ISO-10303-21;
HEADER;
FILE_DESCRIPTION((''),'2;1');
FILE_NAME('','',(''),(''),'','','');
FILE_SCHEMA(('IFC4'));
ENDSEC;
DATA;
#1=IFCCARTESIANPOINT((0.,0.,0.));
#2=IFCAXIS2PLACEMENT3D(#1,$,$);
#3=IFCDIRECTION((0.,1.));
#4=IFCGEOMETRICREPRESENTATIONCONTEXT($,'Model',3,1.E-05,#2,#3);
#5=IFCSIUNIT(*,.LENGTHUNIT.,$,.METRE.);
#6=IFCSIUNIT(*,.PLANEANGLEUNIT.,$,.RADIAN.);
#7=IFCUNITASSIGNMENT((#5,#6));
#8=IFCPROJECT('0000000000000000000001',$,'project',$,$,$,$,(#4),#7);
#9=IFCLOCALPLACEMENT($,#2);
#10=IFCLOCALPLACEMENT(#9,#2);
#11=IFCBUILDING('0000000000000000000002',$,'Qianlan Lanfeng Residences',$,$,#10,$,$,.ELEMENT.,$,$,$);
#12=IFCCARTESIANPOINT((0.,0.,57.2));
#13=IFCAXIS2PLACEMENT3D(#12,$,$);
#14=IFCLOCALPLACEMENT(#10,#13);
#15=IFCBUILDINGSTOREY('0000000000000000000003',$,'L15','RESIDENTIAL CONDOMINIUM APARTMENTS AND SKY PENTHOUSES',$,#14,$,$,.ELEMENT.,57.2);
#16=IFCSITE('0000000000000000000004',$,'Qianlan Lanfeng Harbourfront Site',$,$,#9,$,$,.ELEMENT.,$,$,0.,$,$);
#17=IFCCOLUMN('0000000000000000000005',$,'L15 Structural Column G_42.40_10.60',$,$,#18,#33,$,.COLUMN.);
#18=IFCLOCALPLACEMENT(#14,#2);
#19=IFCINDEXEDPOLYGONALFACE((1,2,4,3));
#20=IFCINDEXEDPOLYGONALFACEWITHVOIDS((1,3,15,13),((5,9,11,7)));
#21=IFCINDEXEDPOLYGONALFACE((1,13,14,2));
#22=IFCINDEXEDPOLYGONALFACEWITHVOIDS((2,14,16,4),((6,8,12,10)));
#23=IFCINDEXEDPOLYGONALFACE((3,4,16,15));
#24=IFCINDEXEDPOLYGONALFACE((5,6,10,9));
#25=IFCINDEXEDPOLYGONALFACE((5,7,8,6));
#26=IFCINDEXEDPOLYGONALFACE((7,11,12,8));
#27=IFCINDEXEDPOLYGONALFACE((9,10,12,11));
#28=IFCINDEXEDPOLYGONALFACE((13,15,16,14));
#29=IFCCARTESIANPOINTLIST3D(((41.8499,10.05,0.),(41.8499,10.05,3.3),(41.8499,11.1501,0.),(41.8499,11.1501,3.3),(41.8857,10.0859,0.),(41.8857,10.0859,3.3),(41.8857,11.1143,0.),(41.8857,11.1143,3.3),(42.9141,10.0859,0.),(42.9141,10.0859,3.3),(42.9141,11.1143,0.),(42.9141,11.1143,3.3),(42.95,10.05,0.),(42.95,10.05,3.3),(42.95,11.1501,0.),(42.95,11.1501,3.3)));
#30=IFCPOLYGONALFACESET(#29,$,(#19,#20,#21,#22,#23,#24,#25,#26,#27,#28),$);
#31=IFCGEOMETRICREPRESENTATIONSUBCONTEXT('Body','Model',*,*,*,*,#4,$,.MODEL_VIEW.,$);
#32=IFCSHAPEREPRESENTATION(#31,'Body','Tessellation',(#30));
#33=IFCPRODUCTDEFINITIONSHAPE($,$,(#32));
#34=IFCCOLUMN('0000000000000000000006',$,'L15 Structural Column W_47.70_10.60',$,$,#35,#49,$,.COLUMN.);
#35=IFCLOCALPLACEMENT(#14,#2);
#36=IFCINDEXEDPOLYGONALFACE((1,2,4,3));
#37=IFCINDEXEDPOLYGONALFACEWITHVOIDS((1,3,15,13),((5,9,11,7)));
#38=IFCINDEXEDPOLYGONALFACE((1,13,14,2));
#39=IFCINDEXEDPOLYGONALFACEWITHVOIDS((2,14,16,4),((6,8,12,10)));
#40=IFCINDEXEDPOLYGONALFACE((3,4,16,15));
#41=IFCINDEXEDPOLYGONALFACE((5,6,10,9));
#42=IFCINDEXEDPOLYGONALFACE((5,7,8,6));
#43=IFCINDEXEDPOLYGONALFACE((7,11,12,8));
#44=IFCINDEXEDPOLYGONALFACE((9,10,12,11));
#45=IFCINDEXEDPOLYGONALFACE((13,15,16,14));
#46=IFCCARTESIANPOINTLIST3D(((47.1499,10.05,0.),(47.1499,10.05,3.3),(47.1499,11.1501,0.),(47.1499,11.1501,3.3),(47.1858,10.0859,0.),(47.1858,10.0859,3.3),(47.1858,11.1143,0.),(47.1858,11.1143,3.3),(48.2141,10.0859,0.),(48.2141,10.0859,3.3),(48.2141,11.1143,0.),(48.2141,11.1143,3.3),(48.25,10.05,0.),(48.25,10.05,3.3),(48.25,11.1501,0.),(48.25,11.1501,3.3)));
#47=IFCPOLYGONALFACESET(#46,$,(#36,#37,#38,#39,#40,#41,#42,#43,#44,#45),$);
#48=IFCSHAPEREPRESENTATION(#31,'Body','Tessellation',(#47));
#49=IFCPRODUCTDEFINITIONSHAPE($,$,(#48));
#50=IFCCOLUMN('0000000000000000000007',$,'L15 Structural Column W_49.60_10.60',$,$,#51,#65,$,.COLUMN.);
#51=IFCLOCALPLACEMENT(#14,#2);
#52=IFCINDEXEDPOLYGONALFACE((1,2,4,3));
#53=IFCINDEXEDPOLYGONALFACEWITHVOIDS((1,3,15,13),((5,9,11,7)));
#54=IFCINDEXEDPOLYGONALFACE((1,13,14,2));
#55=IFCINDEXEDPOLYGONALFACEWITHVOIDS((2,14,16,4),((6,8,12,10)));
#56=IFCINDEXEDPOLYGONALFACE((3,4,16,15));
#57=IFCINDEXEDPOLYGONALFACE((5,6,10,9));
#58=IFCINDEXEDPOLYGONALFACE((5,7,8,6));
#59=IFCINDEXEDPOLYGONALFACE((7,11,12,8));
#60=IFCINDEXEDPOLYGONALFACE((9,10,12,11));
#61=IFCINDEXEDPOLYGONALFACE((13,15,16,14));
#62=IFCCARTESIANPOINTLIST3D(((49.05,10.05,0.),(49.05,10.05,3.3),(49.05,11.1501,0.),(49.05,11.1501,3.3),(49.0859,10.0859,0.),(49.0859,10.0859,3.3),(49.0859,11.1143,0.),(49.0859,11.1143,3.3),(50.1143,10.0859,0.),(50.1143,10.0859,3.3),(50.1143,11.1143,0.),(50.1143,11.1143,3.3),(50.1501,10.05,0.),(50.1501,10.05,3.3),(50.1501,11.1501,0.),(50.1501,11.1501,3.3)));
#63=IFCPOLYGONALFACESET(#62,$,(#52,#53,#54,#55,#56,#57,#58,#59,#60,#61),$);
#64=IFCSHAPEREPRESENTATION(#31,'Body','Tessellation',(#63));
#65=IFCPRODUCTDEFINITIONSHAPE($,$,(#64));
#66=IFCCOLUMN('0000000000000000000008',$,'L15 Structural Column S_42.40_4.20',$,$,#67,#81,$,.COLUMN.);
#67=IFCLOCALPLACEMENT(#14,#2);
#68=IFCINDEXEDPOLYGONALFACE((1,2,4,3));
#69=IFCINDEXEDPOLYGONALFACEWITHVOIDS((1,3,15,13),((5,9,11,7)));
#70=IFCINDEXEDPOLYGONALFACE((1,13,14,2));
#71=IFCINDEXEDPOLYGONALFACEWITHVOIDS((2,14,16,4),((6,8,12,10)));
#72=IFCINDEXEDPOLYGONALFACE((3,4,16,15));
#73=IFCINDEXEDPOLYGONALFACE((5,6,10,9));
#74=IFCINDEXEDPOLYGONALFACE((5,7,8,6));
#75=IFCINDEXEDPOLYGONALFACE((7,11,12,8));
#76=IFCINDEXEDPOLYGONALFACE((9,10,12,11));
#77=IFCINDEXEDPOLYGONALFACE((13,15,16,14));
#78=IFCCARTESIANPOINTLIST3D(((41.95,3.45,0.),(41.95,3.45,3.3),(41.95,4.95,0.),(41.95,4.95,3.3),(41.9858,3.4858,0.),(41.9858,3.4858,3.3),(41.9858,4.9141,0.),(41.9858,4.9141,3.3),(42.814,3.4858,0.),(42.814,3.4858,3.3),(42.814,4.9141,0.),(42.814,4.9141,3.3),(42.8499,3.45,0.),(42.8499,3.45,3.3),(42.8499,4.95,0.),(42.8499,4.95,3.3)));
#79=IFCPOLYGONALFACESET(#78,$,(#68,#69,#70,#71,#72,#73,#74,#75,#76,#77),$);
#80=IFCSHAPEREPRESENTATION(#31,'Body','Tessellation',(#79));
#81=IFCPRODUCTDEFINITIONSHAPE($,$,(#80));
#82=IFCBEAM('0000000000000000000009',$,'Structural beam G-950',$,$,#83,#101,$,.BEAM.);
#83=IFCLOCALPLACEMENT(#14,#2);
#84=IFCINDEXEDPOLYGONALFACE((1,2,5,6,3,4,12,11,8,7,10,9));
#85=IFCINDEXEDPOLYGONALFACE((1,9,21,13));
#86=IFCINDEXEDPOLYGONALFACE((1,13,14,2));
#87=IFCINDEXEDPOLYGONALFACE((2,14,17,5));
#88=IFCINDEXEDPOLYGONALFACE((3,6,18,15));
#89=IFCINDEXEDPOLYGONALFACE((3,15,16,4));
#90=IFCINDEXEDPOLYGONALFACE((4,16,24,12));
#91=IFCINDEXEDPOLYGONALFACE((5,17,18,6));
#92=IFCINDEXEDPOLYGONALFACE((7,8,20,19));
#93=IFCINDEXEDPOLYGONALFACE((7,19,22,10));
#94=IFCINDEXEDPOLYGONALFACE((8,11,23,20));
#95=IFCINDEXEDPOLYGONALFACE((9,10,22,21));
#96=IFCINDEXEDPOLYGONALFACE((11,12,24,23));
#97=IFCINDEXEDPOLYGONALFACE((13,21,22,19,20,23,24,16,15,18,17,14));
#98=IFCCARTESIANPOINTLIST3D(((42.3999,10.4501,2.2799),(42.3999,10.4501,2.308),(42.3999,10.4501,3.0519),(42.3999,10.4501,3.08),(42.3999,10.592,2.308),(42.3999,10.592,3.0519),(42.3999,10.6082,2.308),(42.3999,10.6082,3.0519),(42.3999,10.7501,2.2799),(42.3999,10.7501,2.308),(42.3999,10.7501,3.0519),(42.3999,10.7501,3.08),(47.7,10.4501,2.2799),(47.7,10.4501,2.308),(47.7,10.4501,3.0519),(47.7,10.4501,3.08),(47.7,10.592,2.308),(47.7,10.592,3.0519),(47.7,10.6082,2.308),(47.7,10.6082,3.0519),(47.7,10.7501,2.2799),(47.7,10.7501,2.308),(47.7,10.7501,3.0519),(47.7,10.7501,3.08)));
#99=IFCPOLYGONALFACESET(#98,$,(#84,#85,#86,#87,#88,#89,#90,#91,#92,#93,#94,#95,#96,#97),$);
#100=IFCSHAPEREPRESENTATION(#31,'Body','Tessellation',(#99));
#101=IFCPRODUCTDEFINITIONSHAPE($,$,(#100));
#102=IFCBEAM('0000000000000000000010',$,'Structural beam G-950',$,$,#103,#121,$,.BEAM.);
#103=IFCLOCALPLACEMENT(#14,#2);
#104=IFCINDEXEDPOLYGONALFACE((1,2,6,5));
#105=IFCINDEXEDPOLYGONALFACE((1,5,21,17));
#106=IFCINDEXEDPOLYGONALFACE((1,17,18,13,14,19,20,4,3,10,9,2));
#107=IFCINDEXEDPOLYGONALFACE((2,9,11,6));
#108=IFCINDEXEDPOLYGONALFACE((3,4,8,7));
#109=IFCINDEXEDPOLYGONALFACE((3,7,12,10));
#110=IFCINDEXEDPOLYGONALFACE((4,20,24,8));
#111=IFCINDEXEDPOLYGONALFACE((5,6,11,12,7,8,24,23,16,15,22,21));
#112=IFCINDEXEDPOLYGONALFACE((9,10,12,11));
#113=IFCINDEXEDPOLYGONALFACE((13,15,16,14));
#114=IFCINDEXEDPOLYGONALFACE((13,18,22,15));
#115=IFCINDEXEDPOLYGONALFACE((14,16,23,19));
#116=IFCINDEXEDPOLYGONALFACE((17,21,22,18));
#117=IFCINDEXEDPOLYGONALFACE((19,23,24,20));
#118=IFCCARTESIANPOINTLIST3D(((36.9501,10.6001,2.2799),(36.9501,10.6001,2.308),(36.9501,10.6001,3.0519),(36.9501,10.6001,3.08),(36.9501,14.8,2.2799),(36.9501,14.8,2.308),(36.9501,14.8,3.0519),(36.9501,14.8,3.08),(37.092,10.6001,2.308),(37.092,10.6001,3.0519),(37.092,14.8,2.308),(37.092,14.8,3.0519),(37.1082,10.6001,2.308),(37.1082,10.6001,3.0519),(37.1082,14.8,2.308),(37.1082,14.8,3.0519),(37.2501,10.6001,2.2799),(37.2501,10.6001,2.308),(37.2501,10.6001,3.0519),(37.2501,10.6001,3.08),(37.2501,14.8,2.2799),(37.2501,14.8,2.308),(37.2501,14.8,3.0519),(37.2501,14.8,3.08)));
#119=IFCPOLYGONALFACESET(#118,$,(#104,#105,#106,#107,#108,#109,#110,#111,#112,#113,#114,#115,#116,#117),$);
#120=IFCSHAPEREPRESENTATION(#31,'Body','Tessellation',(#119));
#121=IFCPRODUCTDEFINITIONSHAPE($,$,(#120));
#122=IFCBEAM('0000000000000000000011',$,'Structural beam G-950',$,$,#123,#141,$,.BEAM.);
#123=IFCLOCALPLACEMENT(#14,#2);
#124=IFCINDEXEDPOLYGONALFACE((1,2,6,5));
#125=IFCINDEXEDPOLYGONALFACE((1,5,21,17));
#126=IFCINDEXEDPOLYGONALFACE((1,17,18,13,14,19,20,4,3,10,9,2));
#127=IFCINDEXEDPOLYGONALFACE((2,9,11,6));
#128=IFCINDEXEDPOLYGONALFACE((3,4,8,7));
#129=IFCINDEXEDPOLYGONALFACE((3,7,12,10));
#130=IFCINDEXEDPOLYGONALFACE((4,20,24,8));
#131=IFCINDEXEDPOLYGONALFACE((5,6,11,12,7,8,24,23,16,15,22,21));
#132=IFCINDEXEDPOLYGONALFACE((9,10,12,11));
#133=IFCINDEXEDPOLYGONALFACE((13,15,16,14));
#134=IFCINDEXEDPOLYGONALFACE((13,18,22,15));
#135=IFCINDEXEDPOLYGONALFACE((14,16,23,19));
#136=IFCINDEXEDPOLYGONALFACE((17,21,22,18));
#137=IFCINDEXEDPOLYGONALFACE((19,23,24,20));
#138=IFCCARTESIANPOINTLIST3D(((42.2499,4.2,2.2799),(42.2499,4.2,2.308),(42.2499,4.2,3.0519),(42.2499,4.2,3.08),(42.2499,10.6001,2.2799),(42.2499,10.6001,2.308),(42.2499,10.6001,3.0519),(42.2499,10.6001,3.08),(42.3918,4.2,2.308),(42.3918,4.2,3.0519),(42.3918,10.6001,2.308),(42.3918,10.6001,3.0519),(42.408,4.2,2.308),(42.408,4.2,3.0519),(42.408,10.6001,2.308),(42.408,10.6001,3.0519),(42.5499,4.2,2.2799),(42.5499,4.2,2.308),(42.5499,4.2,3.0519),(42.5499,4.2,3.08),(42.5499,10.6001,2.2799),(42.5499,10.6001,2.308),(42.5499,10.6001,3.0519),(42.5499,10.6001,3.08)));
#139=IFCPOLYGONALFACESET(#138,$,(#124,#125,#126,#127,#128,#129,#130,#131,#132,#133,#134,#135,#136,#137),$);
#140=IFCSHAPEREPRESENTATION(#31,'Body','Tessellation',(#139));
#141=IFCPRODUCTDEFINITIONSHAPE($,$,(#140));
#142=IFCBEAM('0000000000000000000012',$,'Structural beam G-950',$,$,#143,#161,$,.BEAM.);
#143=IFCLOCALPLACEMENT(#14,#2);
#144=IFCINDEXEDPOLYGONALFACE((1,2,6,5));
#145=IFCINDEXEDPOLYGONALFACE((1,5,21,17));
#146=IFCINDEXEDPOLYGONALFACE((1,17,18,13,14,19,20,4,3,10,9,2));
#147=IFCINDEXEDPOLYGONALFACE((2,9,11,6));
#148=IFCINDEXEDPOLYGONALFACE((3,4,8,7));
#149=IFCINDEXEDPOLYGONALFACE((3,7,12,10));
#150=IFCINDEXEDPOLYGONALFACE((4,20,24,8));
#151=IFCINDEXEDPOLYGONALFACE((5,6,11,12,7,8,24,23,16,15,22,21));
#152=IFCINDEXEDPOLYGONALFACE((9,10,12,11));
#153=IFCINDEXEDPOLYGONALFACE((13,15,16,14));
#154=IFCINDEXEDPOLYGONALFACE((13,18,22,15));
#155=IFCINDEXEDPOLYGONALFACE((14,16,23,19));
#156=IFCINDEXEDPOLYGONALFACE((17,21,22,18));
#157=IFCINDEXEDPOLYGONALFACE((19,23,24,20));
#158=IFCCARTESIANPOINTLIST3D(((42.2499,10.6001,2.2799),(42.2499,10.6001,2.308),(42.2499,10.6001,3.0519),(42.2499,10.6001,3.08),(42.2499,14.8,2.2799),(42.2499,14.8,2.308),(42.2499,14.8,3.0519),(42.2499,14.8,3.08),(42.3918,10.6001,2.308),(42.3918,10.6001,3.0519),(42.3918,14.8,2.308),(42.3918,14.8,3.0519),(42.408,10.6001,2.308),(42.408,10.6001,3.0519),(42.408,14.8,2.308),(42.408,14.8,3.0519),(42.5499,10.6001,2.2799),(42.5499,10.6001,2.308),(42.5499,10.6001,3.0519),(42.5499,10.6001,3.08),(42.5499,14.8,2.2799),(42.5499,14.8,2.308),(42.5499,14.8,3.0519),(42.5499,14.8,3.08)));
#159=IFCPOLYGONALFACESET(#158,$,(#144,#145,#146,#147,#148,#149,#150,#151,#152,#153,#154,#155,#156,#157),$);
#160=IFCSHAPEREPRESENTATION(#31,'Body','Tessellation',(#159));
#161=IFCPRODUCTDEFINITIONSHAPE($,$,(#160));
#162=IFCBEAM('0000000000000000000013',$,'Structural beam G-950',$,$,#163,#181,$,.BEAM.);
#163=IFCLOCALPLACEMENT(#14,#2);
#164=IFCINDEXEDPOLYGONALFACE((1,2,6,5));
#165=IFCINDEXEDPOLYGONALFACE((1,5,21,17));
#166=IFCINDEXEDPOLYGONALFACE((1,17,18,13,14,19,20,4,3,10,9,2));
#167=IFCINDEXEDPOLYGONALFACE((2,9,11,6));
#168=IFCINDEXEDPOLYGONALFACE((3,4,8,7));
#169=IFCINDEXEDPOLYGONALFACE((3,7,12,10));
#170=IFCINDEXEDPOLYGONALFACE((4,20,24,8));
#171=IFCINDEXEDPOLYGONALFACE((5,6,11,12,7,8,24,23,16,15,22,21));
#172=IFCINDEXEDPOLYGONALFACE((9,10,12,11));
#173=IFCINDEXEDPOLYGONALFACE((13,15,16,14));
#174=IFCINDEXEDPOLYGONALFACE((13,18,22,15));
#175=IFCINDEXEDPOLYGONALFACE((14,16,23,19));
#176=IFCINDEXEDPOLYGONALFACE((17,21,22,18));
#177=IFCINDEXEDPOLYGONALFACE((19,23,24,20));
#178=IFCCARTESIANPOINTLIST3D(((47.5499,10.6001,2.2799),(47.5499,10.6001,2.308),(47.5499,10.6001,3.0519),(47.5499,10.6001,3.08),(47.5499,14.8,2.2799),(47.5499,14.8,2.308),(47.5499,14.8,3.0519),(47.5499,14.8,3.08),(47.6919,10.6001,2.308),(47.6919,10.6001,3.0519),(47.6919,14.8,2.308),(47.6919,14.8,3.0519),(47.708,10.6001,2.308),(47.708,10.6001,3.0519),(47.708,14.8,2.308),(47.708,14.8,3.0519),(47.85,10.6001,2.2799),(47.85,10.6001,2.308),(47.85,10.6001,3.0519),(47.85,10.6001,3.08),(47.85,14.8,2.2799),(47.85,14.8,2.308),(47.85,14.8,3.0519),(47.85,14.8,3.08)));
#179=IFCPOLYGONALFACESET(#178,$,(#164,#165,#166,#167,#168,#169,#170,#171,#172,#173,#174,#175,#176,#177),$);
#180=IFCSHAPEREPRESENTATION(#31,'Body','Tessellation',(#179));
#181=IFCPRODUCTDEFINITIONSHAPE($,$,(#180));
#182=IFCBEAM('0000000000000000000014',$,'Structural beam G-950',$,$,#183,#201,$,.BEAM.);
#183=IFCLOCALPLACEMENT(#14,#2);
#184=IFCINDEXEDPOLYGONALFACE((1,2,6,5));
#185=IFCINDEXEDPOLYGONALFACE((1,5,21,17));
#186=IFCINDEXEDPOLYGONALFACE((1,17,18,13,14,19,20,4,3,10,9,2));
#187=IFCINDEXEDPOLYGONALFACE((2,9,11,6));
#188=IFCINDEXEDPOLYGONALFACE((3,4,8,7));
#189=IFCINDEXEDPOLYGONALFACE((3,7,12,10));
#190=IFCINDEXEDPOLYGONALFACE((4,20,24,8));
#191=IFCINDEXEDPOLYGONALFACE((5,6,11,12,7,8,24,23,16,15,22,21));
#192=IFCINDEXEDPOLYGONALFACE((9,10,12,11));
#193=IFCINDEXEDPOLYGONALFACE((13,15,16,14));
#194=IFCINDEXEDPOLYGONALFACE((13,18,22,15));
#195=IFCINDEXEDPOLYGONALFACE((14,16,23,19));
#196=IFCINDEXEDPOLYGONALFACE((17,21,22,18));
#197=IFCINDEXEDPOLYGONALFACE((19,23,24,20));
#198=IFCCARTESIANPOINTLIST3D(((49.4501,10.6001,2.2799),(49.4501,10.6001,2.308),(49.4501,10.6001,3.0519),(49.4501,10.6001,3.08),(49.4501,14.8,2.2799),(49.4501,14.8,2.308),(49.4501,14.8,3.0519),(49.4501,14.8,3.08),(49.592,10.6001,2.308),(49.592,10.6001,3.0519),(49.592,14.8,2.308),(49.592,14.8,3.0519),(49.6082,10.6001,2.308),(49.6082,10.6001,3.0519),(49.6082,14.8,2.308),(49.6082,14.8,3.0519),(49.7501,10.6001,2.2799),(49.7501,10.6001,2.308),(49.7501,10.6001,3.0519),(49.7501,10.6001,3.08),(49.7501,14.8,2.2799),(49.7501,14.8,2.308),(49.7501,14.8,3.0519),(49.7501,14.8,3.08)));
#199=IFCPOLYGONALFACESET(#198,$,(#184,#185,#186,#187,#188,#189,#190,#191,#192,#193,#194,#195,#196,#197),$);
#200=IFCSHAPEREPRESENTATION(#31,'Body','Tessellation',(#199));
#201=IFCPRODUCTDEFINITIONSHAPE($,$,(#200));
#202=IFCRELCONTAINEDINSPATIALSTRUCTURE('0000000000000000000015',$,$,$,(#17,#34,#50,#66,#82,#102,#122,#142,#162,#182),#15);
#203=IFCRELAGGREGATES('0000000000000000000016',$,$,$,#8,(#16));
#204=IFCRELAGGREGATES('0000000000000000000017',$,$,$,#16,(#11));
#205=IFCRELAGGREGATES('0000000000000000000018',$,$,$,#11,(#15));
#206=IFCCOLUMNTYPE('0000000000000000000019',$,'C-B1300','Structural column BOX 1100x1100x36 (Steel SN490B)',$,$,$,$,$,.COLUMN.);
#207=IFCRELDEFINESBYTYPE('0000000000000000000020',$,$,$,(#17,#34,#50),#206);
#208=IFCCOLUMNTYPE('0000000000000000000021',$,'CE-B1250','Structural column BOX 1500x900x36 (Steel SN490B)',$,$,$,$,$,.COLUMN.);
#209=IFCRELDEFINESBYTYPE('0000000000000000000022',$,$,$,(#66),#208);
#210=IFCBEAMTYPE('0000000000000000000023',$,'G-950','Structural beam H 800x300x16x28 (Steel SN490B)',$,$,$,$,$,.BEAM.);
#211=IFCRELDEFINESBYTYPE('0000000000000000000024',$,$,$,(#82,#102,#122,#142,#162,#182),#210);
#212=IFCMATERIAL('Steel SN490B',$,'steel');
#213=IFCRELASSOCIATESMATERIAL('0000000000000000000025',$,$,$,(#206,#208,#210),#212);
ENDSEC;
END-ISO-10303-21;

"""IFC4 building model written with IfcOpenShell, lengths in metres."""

from ifc_helpers import new_model, si_unit, direction, frame, origin, origin_2d, place, context, subcontext, project, spatial, hollow_rectangle, i_section, extrude, material, material_profile, profile_set, type_object, element, save


model = new_model("IFC4")

# Units and contexts
model_context = context("Model", 3, precision=1e-05, world=origin(), true_north=direction((0.0, 1.0)))
body_context = subcontext(model_context, "Body", "Model", "MODEL_VIEW")
ifc_project = project(units=[si_unit("LENGTHUNIT", "METRE"), si_unit("PLANEANGLEUNIT", "RADIAN")], contexts=[model_context])

# Site, building, storey
site_placement = place(None, origin())
site = spatial("IfcSite", under=ifc_project, at=site_placement, Name="Qianlan Lanfeng Harbourfront Site", CompositionType="ELEMENT", RefElevation=0.0)
building_placement = place(site_placement, origin())
building = spatial("IfcBuilding", under=site, at=building_placement, Name="Qianlan Lanfeng Residences", CompositionType="ELEMENT")
storey_placement = place(building_placement, frame((0.0, 0.0, 57.2)))
storey = spatial("IfcBuildingStorey", under=building, at=storey_placement, Name="L15", Description="RESIDENTIAL CONDOMINIUM APARTMENTS AND SKY PENTHOUSES", CompositionType="ELEMENT", Elevation=57.2)

# Columns
ifc_material_1 = material(Name="Steel SN490B", Category="steel")
ifc_material_profile_1 = material_profile(ifc_material_1, hollow_rectangle(XDim=1.1001, YDim=1.1001, WallThickness=0.0359, at=origin_2d()), Name="BOX 1100x1100x36")
ifc_profile_set_1 = profile_set([ifc_material_profile_1], Name="Steel SN490B")
column_type_1 = type_object("IfcColumnType", Name="C-B1300", Description="Structural column BOX 1100x1100x36 (Steel SN490B)", PredefinedType="COLUMN", material=ifc_profile_set_1)
for number, where, z_axis, x_axis, name in (
    (1, (42.3999, 10.6001, 0.0), (0.0, 0.0, 1.0), (1.0, 0.0, 0.0), "L15 Structural Column G_42.40_10.60"),
    (2, (47.7, 10.6001, 0.0), (0.0, 0.0, 1.0), (1.0, 0.0, 0.0), "L15 Structural Column W_47.70_10.60"),
    (3, (49.6001, 10.6001, 0.0), (0.0, 0.0, 1.0), (1.0, 0.0, 0.0), "L15 Structural Column W_49.60_10.60"),
):
    element("IfcColumn", number, at=place(storey_placement, frame(where, z_axis=z_axis, x_axis=x_axis)), inside=storey, type_object=column_type_1, Name=name, PredefinedType="COLUMN", context=body_context, shape_type="SweptSolid", body=[
        extrude(hollow_rectangle(XDim=1.1001, YDim=1.1001, WallThickness=0.0359, at=origin_2d()), origin(), (0.0, 0.0, 1.0), 3.3),
    ])
ifc_material_profile_2 = material_profile(ifc_material_1, hollow_rectangle(XDim=0.8999, YDim=1.5, WallThickness=0.0359, at=origin_2d()), Name="BOX 1500x900x36")
ifc_profile_set_2 = profile_set([ifc_material_profile_2], Name="Steel SN490B")
column_type_2 = type_object("IfcColumnType", Name="CE-B1250", Description="Structural column BOX 1500x900x36 (Steel SN490B)", PredefinedType="COLUMN", material=ifc_profile_set_2)
column_placement = place(storey_placement, frame((42.3999, 4.2, 0.0), z_axis=(0.0, 0.0, 1.0), x_axis=(1.0, 0.0, 0.0)))
element("IfcColumn", 4, at=column_placement, inside=storey, type_object=column_type_2, Name="L15 Structural Column S_42.40_4.20", PredefinedType="COLUMN", context=body_context, shape_type="SweptSolid", body=[
    extrude(hollow_rectangle(XDim=0.8999, YDim=1.5, WallThickness=0.0359, at=origin_2d()), origin(), (0.0, 0.0, 1.0), 3.3),
])

# Beams
ifc_material_profile_3 = material_profile(ifc_material_1, i_section(OverallWidth=0.3, OverallDepth=0.8, WebThickness=0.0161, FlangeThickness=0.0281, at=origin_2d()), Name="H 800x300x16x28")
ifc_profile_set_3 = profile_set([ifc_material_profile_3], Name="Steel SN490B")
beam_type_1 = type_object("IfcBeamType", Name="G-950", Description="Structural beam H 800x300x16x28 (Steel SN490B)", PredefinedType="BEAM", material=ifc_profile_set_3)
beam_1_placement = place(storey_placement, frame((42.3999, 10.6001, 2.6799), z_axis=(1.0, 0.0, 0.0), x_axis=(0.0, 1.0, 0.0)))
element("IfcBeam", 5, at=beam_1_placement, inside=storey, type_object=beam_type_1, Name="Structural beam G-950", PredefinedType="BEAM", context=body_context, shape_type="SweptSolid", body=[
    extrude(i_section(OverallWidth=0.3, OverallDepth=0.8, WebThickness=0.0161, FlangeThickness=0.0281, at=origin_2d()), origin(), (0.0, 0.0, 1.0), 5.3),
])
beam_2_placement = place(storey_placement, frame((37.1001, 10.6001, 2.6799), z_axis=(0.0, 1.0, 0.0), x_axis=(-1.0, 0.0, 0.0)))
element("IfcBeam", 6, at=beam_2_placement, inside=storey, type_object=beam_type_1, Name="Structural beam G-950", PredefinedType="BEAM", context=body_context, shape_type="SweptSolid", body=[
    extrude(i_section(OverallWidth=0.3, OverallDepth=0.8, WebThickness=0.0161, FlangeThickness=0.0281, at=origin_2d()), origin(), (0.0, 0.0, 1.0), 4.2),
])
beam_3_placement = place(storey_placement, frame((42.3999, 4.2, 2.6799), z_axis=(0.0, 1.0, 0.0), x_axis=(-1.0, 0.0, 0.0)))
element("IfcBeam", 7, at=beam_3_placement, inside=storey, type_object=beam_type_1, Name="Structural beam G-950", PredefinedType="BEAM", context=body_context, shape_type="SweptSolid", body=[
    extrude(i_section(OverallWidth=0.3, OverallDepth=0.8, WebThickness=0.0161, FlangeThickness=0.0281, at=origin_2d()), origin(), (0.0, 0.0, 1.0), 6.4001),
])
for number, where, z_axis, x_axis, name in (
    (8, (42.3999, 10.6001, 2.6799), (0.0, 1.0, 0.0), (-1.0, 0.0, 0.0), "Structural beam G-950"),
    (9, (47.7, 10.6001, 2.6799), (0.0, 1.0, 0.0), (-1.0, 0.0, 0.0), "Structural beam G-950"),
    (10, (49.6001, 10.6001, 2.6799), (0.0, 1.0, 0.0), (-1.0, 0.0, 0.0), "Structural beam G-950"),
):
    element("IfcBeam", number, at=place(storey_placement, frame(where, z_axis=z_axis, x_axis=x_axis)), inside=storey, type_object=beam_type_1, Name=name, PredefinedType="BEAM", context=body_context, shape_type="SweptSolid", body=[
        extrude(i_section(OverallWidth=0.3, OverallDepth=0.8, WebThickness=0.0161, FlangeThickness=0.0281, at=origin_2d()), origin(), (0.0, 0.0, 1.0), 4.2),
    ])

save(model, "model.ifc")
